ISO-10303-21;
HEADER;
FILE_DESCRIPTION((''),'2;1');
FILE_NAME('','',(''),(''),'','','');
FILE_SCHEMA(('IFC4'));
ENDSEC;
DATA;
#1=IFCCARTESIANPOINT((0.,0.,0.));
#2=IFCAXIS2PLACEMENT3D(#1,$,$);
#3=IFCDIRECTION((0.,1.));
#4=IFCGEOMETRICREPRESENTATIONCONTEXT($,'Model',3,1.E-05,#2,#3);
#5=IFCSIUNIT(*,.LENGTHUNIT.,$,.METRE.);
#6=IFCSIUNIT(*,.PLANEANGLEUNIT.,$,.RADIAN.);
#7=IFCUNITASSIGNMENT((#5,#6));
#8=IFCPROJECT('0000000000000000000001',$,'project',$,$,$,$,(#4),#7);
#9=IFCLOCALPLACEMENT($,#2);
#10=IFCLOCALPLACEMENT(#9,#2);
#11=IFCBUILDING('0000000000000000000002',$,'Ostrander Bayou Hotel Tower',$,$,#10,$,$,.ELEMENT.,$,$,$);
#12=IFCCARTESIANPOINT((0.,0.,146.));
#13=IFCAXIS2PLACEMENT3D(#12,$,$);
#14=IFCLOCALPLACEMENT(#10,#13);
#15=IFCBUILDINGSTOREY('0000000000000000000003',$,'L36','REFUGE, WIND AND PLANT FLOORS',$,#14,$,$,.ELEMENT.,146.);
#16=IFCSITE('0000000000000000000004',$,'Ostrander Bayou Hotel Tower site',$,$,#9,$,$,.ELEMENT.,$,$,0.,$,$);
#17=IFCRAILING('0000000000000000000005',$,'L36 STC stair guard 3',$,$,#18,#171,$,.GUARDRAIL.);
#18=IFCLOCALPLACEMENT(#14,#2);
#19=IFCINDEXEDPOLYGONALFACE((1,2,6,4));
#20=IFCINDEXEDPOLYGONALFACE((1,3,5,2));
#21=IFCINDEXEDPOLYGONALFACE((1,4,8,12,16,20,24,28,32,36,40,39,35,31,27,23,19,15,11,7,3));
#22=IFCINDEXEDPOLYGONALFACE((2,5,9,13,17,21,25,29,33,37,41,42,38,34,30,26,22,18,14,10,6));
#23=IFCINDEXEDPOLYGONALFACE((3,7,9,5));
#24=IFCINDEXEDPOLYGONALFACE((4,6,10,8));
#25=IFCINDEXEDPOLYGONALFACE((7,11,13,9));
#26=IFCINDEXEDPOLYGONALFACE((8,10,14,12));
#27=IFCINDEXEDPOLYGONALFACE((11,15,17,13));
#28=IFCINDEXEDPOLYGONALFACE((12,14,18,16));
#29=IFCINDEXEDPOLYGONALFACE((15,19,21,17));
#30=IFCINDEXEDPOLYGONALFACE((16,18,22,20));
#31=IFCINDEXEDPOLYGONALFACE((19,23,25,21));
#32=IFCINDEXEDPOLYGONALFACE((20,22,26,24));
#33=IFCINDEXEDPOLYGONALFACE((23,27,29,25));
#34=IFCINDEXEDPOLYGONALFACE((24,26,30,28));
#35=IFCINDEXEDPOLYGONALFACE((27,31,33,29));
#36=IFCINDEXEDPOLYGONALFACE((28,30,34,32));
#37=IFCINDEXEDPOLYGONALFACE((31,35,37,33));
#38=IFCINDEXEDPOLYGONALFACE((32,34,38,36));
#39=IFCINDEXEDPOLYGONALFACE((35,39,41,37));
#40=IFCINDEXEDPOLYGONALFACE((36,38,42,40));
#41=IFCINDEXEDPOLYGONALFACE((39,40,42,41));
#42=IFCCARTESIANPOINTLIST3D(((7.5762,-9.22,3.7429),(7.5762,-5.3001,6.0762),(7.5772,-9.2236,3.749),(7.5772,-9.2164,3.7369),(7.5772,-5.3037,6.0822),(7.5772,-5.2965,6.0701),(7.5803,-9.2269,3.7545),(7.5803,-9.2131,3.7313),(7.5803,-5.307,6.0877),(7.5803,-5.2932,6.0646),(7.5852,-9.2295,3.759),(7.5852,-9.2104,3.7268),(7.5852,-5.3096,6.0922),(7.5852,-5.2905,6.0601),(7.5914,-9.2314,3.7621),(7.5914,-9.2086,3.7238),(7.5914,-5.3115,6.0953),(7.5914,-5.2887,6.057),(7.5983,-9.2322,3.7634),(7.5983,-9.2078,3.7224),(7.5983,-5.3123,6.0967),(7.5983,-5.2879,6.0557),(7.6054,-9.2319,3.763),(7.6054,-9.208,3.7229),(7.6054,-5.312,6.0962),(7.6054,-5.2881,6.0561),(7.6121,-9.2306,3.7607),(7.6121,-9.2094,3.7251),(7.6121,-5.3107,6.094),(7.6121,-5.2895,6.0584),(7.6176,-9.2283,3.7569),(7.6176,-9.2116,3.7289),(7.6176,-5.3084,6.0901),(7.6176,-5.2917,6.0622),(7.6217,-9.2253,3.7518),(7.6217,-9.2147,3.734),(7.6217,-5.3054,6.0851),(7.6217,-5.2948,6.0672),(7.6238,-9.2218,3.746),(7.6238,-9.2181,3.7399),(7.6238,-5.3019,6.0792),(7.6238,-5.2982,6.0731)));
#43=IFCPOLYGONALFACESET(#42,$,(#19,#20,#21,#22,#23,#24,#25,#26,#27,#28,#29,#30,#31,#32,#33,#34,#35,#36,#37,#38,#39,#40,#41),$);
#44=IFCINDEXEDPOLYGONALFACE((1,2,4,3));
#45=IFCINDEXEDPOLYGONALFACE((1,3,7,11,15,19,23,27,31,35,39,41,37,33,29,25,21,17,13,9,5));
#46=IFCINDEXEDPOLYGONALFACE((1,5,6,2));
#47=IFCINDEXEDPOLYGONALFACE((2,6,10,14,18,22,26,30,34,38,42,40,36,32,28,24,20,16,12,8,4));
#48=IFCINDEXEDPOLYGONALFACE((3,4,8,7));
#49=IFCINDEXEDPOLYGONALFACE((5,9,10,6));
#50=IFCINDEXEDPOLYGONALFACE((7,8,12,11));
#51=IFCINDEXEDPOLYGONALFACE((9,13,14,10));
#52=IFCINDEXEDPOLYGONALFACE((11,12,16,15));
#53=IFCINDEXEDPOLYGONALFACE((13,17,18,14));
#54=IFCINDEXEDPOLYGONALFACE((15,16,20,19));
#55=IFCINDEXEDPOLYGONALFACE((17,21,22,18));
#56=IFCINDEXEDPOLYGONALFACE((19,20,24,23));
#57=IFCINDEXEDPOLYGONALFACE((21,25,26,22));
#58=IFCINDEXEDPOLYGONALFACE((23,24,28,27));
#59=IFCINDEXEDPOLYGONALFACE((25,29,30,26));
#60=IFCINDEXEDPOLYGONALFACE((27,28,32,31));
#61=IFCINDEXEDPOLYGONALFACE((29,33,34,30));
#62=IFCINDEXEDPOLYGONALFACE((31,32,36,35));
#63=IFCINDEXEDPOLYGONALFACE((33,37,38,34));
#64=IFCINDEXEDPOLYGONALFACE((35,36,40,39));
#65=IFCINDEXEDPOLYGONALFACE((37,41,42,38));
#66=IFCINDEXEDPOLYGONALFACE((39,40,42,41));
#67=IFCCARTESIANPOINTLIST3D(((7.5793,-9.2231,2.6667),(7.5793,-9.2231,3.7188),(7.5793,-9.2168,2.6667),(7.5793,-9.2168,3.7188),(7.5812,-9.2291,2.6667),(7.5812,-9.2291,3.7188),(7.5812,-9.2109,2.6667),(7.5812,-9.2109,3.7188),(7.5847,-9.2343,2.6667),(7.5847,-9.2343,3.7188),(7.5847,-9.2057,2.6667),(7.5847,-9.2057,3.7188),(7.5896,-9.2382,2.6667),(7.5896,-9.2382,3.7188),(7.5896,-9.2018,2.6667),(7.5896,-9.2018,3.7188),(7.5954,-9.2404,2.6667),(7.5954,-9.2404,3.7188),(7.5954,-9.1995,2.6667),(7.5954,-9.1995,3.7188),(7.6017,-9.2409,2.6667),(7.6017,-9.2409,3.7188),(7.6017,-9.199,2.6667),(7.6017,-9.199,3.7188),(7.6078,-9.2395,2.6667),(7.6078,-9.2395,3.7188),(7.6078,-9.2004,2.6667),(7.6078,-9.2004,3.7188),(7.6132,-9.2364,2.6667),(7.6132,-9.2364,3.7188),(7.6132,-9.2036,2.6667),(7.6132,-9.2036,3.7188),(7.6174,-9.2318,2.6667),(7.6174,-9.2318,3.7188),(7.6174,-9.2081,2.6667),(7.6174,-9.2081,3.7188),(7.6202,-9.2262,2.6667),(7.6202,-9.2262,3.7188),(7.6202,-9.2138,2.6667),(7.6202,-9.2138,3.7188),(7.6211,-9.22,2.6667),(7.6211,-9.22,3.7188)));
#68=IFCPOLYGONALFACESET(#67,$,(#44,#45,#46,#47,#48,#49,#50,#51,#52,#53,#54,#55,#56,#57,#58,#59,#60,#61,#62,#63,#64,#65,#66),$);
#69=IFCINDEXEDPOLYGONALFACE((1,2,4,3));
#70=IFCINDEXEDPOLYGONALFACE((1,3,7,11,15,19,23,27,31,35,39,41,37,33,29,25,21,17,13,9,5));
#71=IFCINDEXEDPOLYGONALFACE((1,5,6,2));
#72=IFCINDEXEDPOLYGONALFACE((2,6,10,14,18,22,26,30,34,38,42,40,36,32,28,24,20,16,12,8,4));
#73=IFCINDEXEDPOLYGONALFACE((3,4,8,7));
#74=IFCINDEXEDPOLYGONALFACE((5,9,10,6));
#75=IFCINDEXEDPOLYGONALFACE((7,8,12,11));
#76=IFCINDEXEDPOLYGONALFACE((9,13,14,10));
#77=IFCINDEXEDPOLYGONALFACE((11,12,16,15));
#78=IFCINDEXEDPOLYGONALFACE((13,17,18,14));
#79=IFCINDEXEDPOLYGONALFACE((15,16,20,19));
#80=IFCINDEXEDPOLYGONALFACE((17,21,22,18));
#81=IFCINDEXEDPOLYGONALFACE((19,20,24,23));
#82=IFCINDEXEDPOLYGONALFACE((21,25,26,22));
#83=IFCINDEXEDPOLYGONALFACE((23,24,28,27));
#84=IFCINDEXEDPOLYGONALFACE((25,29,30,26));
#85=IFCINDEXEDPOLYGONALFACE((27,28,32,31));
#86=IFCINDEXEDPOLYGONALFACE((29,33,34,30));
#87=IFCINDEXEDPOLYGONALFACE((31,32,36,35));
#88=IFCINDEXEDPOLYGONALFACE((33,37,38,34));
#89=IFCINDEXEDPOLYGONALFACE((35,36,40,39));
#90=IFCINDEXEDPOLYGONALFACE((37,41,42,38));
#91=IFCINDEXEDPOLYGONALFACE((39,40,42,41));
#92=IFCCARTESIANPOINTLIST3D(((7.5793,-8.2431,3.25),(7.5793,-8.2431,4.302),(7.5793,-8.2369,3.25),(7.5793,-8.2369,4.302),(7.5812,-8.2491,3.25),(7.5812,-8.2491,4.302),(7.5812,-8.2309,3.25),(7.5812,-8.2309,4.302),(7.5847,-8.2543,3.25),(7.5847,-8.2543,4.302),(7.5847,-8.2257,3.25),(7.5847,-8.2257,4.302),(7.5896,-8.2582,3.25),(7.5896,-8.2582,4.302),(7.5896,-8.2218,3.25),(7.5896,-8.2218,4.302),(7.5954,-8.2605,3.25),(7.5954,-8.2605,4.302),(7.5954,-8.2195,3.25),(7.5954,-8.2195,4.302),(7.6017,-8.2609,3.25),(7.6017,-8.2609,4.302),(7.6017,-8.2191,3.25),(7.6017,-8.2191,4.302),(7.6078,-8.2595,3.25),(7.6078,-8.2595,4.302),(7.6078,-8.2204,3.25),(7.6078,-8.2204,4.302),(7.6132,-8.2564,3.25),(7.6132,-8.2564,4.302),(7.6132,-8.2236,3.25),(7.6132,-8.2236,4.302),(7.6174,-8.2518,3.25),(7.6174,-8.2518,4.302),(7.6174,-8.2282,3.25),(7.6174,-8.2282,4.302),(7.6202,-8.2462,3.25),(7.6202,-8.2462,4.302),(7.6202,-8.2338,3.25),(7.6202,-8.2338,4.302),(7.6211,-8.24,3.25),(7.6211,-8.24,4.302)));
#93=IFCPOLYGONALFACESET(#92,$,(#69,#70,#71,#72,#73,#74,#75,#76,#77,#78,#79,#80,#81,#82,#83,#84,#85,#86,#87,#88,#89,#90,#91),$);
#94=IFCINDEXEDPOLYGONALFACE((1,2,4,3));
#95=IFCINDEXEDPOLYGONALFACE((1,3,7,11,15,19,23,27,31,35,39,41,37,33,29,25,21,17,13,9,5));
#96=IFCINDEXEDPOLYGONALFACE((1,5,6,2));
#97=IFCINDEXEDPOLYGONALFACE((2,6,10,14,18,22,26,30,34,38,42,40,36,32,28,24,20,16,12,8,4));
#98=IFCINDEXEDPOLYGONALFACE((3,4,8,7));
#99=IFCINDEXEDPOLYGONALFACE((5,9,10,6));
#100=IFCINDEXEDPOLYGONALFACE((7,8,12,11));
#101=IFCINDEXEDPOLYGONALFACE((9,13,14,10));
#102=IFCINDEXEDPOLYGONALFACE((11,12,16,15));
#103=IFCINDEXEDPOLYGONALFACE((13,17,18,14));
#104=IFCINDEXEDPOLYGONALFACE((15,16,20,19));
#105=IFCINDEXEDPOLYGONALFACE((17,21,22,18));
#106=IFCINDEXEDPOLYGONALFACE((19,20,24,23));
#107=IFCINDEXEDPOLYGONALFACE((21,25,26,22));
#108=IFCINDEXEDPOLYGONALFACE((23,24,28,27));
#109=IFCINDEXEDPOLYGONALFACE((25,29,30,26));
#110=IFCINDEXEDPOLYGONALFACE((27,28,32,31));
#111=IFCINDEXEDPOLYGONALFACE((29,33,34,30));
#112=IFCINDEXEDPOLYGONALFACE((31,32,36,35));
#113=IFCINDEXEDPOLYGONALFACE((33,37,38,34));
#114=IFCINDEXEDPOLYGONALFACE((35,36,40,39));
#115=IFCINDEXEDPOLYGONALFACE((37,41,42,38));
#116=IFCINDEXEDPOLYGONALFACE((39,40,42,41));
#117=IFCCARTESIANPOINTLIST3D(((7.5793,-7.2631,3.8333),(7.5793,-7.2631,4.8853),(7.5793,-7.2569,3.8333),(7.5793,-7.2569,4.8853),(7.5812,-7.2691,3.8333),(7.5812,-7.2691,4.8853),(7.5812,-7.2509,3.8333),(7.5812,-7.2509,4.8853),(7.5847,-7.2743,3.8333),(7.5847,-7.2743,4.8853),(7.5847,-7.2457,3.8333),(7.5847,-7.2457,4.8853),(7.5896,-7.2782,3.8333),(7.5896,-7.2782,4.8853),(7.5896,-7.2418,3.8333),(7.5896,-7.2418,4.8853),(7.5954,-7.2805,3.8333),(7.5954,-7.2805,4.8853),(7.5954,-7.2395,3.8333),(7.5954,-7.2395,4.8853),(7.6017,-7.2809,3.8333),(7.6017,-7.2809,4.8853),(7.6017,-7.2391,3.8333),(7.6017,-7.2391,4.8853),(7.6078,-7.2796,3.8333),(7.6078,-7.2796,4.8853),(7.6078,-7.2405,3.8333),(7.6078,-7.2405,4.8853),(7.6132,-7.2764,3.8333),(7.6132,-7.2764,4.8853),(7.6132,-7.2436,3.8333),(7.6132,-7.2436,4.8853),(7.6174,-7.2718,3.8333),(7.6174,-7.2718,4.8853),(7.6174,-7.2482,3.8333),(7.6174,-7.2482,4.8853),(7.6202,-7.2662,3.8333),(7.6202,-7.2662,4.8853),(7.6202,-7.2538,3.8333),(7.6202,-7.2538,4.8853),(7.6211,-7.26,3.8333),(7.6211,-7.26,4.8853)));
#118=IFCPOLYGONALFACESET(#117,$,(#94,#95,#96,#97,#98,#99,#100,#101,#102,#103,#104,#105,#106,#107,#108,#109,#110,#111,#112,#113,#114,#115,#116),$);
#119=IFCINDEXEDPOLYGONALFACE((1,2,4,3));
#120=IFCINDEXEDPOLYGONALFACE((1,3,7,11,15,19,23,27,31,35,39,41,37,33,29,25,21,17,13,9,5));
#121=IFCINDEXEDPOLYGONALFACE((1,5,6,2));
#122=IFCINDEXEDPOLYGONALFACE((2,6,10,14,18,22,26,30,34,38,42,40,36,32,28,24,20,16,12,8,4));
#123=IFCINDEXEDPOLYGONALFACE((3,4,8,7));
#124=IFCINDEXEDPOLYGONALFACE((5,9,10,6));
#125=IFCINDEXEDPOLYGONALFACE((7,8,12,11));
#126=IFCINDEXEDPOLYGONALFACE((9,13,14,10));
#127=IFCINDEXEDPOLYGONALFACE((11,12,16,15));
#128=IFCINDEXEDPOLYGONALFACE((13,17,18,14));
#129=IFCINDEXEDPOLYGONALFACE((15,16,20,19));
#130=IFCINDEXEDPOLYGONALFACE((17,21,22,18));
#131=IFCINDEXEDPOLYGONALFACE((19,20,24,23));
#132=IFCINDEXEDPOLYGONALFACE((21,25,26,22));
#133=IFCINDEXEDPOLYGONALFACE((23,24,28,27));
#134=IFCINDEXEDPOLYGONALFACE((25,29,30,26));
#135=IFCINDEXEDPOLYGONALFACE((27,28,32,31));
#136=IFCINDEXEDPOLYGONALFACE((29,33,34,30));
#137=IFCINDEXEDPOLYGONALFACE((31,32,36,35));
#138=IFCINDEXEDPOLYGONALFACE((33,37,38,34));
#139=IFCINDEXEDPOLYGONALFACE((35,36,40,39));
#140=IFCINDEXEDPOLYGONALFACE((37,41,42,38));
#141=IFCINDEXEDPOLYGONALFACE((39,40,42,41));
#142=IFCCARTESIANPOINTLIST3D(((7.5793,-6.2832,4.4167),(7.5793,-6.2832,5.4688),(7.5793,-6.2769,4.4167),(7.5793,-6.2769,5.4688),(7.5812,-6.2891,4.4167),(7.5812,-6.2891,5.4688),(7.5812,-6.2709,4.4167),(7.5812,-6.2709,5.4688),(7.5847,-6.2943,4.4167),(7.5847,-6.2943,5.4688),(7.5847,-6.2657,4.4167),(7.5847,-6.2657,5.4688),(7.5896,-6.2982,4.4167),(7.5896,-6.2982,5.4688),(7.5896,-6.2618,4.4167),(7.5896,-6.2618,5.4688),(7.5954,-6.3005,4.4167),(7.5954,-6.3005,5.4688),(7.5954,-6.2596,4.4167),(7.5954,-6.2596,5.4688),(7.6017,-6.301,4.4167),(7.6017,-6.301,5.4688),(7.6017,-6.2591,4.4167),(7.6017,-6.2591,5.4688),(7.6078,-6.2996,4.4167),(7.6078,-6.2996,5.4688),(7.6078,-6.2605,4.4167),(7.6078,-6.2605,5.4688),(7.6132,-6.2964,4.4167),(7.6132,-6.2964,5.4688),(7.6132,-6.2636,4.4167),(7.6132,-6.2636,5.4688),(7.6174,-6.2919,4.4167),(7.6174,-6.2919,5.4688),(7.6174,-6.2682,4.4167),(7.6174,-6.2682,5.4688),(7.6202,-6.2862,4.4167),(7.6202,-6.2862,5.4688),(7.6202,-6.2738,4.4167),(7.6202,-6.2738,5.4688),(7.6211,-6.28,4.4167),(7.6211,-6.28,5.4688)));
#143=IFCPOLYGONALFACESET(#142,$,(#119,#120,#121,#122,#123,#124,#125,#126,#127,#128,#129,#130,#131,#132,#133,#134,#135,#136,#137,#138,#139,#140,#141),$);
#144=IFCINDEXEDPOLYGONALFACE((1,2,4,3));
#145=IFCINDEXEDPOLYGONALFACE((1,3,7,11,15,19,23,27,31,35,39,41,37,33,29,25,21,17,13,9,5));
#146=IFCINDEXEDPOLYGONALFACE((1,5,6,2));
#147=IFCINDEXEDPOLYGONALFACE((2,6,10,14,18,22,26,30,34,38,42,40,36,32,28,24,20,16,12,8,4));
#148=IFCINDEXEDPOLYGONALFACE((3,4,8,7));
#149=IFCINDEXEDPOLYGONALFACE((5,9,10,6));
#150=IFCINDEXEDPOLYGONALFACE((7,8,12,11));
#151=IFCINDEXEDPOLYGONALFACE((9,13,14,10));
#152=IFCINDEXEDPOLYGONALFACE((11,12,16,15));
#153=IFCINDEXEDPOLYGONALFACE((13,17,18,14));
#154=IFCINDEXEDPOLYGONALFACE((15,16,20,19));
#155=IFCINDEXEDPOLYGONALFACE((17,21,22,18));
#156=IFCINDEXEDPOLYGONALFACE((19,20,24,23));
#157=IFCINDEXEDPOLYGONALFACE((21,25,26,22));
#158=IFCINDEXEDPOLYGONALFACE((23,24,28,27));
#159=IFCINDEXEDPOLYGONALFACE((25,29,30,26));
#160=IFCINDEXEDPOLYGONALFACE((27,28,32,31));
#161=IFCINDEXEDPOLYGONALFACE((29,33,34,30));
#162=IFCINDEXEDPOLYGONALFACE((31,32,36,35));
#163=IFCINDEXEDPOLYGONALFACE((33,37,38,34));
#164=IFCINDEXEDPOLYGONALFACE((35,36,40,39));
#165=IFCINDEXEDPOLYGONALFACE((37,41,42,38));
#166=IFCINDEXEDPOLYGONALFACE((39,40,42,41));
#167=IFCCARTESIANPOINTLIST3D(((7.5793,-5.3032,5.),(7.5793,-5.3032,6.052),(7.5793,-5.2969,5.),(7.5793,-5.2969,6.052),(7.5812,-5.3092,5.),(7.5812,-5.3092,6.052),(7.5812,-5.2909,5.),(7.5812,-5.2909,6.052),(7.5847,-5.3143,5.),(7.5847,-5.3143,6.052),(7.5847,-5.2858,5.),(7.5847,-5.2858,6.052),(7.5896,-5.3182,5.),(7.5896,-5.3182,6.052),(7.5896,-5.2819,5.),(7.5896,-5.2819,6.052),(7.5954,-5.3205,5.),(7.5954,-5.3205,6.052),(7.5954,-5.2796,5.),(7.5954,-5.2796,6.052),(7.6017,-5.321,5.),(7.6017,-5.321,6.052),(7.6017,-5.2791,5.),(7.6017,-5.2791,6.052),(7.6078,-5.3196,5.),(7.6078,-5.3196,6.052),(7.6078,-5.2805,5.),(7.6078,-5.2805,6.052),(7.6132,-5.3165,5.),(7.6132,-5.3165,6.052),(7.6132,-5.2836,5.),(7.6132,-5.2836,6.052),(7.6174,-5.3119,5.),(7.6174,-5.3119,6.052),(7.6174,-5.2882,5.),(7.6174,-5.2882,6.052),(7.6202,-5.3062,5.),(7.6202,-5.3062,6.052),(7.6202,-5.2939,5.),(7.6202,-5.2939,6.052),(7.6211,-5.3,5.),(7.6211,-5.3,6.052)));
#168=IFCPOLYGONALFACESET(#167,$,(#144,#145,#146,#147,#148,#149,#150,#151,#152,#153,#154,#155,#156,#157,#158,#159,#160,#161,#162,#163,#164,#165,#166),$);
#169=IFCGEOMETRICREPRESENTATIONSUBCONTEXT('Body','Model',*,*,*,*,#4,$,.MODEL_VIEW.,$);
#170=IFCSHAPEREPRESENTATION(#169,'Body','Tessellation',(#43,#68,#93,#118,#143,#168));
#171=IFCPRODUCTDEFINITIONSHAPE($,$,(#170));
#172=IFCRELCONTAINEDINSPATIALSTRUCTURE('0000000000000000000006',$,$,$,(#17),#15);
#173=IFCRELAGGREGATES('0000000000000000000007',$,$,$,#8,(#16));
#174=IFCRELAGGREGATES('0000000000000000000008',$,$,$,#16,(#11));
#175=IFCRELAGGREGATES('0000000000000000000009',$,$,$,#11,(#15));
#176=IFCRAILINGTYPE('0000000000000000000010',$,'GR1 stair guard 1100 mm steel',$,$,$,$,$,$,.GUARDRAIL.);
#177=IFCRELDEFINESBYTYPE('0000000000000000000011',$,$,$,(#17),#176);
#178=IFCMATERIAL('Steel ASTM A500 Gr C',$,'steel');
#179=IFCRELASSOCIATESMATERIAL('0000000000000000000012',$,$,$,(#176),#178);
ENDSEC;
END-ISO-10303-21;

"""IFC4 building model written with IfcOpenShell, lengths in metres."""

from ifc_helpers import new_model, si_unit, direction, frame, origin, origin_2d, place, context, subcontext, project, spatial, circle, extrude, material, type_object, element, save


model = new_model("IFC4")

# Units and contexts
model_context = context("Model", 3, precision=1e-05, world=origin(), true_north=direction((0.0, 1.0)))
body_context = subcontext(model_context, "Body", "Model", "MODEL_VIEW")
ifc_project = project(units=[si_unit("LENGTHUNIT", "METRE"), si_unit("PLANEANGLEUNIT", "RADIAN")], contexts=[model_context])

# Site, building, storey
site_placement = place(None, origin())
site = spatial("IfcSite", under=ifc_project, at=site_placement, Name="Ostrander Bayou Hotel Tower site", CompositionType="ELEMENT", RefElevation=0.0)
building_placement = place(site_placement, origin())
building = spatial("IfcBuilding", under=site, at=building_placement, Name="Ostrander Bayou Hotel Tower", CompositionType="ELEMENT")
storey_placement = place(building_placement, frame((0.0, 0.0, 146.0)))
storey = spatial("IfcBuildingStorey", under=building, at=storey_placement, Name="L36", Description="REFUGE, WIND AND PLANT FLOORS", CompositionType="ELEMENT", Elevation=146.0)

# Railing
ifc_material_1 = material(Name="Steel ASTM A500 Gr C", Category="steel")
railing_type_1 = type_object("IfcRailingType", Name="GR1 stair guard 1100 mm steel", PredefinedType="GUARDRAIL", material=ifc_material_1)
railing_1_placement = place(storey_placement, frame((7.6001, -9.22, 2.6667)))
element("IfcRailing", 1, at=railing_1_placement, inside=storey, type_object=railing_type_1, Name="L36 STC stair guard 3", PredefinedType="GUARDRAIL", context=body_context, shape_type="SweptSolid", body=[
    extrude(circle(Radius=0.0239, at=origin_2d()), frame((0.0, 0.0, 1.0762), z_axis=(0.0, 0.859296, 0.511478), x_axis=(-1.0, 0.0, 0.0)), (0.0, 0.0, 1.0), 4.5618),
    extrude(circle(Radius=0.021, at=origin_2d()), origin(), (0.0, 0.0, 1.0), 1.052),
    extrude(circle(Radius=0.021, at=origin_2d()), frame((0.0, 0.98, 0.5833)), (0.0, 0.0, 1.0), 1.052),
    extrude(circle(Radius=0.021, at=origin_2d()), frame((0.0, 1.96, 1.1665)), (0.0, 0.0, 1.0), 1.052),
    extrude(circle(Radius=0.021, at=origin_2d()), frame((0.0, 2.9399, 1.75)), (0.0, 0.0, 1.0), 1.052),
    extrude(circle(Radius=0.021, at=origin_2d()), frame((0.0, 3.9199, 2.3333)), (0.0, 0.0, 1.0), 1.052),
])

save(model, "model.ifc")
